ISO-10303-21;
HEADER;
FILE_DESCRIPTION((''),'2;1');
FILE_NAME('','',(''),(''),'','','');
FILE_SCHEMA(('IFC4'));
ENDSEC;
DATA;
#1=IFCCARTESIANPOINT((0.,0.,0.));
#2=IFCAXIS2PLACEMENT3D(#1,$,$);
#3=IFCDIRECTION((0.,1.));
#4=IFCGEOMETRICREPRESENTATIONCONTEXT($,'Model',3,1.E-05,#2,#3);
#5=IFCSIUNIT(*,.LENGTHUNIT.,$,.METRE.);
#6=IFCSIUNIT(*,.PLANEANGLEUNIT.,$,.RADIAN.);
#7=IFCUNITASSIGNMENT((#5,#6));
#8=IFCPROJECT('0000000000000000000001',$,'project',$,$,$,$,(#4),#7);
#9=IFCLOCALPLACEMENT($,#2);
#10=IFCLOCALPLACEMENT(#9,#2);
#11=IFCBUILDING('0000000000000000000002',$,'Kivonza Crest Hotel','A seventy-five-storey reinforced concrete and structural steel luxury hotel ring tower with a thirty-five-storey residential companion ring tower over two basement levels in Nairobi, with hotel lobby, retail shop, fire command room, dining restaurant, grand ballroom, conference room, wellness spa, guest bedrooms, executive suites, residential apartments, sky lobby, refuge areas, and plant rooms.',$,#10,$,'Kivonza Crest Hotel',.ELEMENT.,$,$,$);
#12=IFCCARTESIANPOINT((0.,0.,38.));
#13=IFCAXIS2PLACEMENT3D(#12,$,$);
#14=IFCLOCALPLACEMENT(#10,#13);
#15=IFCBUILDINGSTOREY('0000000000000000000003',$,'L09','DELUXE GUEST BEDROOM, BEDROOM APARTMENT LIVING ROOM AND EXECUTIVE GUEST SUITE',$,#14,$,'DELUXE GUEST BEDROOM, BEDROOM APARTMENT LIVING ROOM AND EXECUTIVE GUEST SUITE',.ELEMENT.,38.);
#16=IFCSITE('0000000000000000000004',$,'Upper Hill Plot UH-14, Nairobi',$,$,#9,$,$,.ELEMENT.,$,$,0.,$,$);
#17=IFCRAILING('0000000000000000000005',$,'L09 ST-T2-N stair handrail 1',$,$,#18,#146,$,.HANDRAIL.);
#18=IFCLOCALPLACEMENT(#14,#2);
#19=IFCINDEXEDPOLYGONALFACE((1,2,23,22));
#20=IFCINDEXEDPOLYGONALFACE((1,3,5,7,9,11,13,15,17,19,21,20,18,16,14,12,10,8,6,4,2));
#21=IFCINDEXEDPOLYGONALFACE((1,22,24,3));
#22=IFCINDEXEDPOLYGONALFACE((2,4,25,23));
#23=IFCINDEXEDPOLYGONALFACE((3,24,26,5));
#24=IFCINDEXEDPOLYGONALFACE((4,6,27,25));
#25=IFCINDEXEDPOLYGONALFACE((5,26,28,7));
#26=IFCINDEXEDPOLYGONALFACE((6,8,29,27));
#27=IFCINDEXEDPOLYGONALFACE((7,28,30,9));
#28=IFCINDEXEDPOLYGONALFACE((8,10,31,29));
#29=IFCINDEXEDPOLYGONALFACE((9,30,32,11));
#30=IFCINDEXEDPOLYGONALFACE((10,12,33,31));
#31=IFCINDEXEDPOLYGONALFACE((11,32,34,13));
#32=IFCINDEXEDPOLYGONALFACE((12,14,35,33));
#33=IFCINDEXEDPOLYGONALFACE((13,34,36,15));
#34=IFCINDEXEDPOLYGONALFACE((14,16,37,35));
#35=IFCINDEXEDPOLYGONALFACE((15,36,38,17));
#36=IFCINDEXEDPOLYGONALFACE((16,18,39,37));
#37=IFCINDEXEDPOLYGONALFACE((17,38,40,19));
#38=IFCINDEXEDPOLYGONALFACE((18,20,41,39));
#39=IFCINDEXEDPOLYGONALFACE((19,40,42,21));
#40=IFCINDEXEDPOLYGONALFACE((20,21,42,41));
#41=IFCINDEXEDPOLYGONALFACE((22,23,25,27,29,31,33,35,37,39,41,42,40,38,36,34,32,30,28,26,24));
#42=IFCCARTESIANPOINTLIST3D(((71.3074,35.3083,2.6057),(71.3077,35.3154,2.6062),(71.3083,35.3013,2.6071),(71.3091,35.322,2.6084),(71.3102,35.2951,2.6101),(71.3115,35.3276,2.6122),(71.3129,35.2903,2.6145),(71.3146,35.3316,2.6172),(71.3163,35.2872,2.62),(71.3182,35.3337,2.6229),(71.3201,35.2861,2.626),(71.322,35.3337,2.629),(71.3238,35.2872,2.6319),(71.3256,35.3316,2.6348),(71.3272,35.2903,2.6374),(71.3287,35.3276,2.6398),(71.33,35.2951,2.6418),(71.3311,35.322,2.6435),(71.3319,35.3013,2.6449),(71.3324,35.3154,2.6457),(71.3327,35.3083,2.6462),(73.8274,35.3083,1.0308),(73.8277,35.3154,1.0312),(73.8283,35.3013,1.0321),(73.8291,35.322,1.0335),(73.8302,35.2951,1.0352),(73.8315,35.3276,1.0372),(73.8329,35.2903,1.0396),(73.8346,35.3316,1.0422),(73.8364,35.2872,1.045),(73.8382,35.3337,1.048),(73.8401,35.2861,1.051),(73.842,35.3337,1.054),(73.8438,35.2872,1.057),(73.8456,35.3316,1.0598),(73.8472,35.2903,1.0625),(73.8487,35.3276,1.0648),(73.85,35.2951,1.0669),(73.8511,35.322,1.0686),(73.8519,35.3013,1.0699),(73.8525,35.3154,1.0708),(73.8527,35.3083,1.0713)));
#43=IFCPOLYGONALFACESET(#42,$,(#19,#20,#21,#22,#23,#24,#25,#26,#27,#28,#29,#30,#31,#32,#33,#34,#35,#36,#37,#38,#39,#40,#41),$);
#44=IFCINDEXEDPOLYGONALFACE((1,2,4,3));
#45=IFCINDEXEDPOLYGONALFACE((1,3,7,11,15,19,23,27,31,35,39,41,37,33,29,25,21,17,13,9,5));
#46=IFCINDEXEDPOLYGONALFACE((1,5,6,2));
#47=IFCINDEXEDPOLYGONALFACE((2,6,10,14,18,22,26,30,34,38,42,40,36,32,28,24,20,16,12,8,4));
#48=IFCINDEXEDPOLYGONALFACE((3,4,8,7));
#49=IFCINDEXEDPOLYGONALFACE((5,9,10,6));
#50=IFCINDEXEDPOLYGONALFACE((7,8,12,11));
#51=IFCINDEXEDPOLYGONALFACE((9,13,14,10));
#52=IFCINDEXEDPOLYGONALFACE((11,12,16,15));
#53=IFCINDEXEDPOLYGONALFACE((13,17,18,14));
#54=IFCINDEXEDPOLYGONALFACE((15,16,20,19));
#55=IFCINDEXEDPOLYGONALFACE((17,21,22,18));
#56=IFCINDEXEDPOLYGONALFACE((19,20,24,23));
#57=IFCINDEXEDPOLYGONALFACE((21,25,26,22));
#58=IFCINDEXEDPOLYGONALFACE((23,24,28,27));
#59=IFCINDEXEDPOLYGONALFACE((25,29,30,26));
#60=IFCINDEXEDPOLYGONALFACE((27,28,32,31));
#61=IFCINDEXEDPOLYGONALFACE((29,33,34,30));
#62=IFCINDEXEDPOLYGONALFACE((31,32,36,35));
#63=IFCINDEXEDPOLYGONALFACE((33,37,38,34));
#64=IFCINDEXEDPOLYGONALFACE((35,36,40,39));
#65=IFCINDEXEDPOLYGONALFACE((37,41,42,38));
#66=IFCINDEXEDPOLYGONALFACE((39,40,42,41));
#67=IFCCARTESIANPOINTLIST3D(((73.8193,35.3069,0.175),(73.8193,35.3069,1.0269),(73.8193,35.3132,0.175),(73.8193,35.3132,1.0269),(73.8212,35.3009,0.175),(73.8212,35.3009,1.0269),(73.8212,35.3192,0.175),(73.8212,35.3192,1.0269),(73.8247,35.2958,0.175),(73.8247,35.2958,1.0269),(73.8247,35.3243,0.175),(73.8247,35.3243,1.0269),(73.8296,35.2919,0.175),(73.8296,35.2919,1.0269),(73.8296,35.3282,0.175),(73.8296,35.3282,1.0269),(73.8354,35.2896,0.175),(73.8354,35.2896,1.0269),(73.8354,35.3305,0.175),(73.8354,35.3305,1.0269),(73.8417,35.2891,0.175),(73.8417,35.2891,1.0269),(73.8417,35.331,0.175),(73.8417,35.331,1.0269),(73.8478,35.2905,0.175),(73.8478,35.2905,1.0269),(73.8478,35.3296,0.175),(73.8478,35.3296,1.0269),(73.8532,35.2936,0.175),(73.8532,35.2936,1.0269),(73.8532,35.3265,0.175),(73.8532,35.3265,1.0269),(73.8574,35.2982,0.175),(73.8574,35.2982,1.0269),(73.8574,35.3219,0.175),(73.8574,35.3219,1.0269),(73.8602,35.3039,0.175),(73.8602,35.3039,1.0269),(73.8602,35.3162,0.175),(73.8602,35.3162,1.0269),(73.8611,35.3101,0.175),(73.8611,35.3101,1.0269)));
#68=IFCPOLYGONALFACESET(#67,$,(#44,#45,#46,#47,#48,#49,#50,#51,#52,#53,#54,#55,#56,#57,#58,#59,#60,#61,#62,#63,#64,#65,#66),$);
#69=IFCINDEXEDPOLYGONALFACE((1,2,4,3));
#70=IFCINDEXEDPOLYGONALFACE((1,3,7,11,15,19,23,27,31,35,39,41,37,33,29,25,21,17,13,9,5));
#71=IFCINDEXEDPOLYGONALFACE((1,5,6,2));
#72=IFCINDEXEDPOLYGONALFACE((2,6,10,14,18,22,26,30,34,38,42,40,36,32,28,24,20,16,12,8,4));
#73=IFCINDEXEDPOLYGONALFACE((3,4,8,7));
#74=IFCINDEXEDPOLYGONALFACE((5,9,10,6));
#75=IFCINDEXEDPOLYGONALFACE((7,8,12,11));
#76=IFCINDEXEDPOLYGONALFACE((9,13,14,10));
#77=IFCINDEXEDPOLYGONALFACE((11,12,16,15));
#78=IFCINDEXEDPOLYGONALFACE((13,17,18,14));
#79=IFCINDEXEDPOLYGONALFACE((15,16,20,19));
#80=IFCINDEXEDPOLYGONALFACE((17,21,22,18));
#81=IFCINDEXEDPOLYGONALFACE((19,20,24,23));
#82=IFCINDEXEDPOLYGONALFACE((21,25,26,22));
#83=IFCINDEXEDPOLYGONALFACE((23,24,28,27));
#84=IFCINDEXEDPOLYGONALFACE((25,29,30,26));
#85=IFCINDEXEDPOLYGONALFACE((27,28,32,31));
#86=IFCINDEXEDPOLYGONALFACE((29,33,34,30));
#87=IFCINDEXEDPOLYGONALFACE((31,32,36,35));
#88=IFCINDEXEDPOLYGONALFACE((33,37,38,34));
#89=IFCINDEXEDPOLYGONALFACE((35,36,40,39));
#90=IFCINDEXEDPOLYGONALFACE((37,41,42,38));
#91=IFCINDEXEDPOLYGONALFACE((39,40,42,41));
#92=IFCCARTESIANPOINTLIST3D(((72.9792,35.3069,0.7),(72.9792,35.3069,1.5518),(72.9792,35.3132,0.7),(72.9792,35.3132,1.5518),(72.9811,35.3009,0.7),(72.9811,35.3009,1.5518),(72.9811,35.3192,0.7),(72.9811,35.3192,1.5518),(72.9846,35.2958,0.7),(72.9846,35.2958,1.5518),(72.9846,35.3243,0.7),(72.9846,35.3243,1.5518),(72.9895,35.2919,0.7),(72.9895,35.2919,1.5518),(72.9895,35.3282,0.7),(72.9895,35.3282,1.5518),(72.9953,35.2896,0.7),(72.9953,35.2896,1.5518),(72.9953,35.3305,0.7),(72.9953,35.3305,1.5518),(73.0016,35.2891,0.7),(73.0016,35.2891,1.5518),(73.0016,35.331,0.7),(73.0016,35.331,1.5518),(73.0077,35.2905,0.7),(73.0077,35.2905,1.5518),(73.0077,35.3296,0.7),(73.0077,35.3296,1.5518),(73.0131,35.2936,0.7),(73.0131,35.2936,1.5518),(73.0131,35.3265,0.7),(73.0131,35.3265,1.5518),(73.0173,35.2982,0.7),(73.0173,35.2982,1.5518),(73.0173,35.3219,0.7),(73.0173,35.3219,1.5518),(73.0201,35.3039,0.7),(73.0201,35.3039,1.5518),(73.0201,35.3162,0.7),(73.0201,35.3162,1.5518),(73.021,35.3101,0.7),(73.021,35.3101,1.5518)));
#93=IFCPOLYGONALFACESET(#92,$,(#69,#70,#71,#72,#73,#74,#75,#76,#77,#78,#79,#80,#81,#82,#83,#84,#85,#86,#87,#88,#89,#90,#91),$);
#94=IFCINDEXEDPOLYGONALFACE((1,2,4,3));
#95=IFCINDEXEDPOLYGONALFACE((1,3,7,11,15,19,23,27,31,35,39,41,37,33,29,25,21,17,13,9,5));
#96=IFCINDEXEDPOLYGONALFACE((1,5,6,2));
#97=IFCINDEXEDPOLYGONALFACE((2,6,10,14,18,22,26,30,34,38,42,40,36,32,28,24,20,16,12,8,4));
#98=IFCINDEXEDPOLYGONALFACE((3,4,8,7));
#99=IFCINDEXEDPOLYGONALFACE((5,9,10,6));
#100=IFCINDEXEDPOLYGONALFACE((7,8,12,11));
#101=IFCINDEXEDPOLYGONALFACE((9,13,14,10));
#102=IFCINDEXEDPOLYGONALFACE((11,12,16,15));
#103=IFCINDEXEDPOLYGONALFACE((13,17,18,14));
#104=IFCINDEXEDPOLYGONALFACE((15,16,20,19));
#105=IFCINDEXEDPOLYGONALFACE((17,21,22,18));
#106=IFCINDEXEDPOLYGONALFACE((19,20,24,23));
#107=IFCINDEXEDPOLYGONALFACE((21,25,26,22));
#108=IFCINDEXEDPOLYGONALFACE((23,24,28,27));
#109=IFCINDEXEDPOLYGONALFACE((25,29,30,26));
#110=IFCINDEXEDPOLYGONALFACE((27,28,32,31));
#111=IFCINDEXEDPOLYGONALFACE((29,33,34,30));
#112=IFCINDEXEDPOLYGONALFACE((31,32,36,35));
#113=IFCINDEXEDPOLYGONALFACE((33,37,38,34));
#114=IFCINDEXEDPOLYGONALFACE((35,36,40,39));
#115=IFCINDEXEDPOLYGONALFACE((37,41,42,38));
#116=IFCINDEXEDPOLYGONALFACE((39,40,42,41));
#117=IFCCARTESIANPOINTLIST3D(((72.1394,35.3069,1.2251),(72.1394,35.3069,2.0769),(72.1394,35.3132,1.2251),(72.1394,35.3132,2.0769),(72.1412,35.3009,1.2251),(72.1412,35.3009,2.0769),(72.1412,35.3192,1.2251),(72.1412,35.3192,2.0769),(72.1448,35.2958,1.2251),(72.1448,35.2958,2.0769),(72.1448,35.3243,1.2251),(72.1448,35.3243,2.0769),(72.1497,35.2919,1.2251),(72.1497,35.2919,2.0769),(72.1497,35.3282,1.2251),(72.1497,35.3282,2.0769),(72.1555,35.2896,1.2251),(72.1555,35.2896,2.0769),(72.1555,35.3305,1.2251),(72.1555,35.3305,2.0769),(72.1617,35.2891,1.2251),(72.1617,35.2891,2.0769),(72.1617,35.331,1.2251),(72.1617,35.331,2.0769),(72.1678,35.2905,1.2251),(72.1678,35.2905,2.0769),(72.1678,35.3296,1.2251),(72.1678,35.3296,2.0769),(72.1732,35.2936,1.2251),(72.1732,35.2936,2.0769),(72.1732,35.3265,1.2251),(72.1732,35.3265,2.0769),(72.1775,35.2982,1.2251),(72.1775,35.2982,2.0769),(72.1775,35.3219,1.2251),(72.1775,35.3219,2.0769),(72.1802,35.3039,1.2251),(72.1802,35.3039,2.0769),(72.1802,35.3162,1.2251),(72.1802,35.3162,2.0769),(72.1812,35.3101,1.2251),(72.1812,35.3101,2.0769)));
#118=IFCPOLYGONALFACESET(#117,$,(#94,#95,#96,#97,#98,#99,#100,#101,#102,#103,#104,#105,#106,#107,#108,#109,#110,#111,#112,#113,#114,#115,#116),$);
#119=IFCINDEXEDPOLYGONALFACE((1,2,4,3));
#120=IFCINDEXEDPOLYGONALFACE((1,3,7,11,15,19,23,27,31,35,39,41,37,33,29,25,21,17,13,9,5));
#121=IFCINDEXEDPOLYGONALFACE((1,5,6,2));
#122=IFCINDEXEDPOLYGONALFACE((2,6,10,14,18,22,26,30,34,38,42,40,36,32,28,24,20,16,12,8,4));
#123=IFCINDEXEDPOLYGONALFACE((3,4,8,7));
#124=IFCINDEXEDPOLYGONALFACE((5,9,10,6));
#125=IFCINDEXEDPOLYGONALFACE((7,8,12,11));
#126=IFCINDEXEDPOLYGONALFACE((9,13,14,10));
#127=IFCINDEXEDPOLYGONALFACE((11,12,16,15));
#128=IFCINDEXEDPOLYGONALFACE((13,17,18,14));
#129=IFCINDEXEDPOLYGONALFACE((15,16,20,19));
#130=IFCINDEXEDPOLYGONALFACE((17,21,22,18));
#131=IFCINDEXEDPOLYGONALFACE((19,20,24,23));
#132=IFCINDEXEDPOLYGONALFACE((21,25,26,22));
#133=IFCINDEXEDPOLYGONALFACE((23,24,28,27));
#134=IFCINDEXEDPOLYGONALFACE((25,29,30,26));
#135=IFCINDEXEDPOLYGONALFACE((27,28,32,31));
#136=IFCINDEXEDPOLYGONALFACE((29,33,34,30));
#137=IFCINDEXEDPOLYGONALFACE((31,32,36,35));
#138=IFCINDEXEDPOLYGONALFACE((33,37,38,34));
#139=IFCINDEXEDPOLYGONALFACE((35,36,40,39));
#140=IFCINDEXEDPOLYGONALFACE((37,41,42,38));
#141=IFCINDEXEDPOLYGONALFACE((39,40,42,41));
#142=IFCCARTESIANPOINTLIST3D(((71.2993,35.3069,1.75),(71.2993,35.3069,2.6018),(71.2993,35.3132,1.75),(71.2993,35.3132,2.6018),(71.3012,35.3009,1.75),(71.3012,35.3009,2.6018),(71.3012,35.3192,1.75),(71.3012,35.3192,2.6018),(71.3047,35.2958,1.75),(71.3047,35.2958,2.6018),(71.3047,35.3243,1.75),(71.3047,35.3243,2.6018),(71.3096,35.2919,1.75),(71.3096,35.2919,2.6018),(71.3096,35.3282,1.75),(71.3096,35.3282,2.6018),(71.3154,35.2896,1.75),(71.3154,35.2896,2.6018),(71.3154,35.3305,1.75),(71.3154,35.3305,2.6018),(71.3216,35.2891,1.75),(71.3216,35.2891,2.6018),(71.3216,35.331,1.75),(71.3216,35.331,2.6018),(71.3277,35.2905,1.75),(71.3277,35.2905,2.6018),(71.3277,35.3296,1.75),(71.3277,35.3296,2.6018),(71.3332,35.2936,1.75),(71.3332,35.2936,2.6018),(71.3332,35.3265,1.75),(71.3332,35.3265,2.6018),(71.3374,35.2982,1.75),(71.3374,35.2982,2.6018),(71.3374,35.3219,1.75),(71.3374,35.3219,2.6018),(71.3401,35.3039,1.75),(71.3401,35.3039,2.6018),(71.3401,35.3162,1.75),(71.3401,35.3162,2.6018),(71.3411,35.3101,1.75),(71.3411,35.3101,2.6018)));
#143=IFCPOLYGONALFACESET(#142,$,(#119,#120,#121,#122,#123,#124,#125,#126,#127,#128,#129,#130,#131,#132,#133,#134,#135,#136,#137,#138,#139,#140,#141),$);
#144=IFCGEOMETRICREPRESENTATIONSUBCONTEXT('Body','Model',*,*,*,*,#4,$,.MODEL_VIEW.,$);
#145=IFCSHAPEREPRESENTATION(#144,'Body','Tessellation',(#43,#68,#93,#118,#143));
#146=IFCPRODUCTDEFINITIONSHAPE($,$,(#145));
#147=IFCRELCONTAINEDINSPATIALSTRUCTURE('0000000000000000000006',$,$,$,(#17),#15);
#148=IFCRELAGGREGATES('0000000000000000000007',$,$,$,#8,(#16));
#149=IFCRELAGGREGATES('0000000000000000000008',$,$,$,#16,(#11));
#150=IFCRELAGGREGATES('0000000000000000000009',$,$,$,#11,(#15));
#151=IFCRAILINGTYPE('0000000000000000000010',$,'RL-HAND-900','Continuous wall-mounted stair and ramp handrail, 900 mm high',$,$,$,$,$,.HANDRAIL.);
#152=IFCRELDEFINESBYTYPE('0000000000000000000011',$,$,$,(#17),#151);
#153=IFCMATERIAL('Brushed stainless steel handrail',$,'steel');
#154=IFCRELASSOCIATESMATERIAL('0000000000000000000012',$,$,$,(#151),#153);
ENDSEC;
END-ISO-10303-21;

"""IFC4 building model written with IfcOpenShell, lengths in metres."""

from ifc_helpers import new_model, si_unit, direction, frame, origin, origin_2d, place, context, subcontext, project, spatial, circle, extrude, material, type_object, element, save


model = new_model("IFC4")

# Units and contexts
model_context = context("Model", 3, precision=1e-05, world=origin(), true_north=direction((0.0, 1.0)))
body_context = subcontext(model_context, "Body", "Model", "MODEL_VIEW")
ifc_project = project(units=[si_unit("LENGTHUNIT", "METRE"), si_unit("PLANEANGLEUNIT", "RADIAN")], contexts=[model_context])

# Site, building, storey
site_placement = place(None, origin())
site = spatial("IfcSite", under=ifc_project, at=site_placement, Name="Upper Hill Plot UH-14, Nairobi", CompositionType="ELEMENT", RefElevation=0.0)
building_placement = place(site_placement, origin())
building = spatial("IfcBuilding", under=site, at=building_placement, Name="Kivonza Crest Hotel", Description="A seventy-five-storey reinforced concrete and structural steel luxury hotel ring tower with a thirty-five-storey residential companion ring tower over two basement levels in Nairobi, with hotel lobby, retail shop, fire command room, dining restaurant, grand ballroom, conference room, wellness spa, guest bedrooms, executive suites, residential apartments, sky lobby, refuge areas, and plant rooms.", LongName="Kivonza Crest Hotel", CompositionType="ELEMENT")
storey_placement = place(building_placement, frame((0.0, 0.0, 38.0)))
storey = spatial("IfcBuildingStorey", under=building, at=storey_placement, Name="L09", Description="DELUXE GUEST BEDROOM, BEDROOM APARTMENT LIVING ROOM AND EXECUTIVE GUEST SUITE", LongName="DELUXE GUEST BEDROOM, BEDROOM APARTMENT LIVING ROOM AND EXECUTIVE GUEST SUITE", CompositionType="ELEMENT", Elevation=38.0)

# Railing
ifc_material_1 = material(Name="Brushed stainless steel handrail", Category="steel")
railing_type = type_object("IfcRailingType", Name="RL-HAND-900", Description="Continuous wall-mounted stair and ramp handrail, 900 mm high", PredefinedType="HANDRAIL", material=ifc_material_1)
railing_placement = place(storey_placement, frame((73.8401, 35.3101, 0.175)))
element("IfcRailing", 1, at=railing_placement, inside=storey, type_object=railing_type, Name="L09 ST-T2-N stair handrail 1", PredefinedType="HANDRAIL", context=body_context, shape_type="SweptSolid", body=[
    extrude(circle(Radius=0.0239, at=origin_2d()), frame((0.0, 0.0, 0.876), z_axis=(-0.848008, 0.0, 0.529984), x_axis=(0.0, -1.0, 0.0)), (0.0, 0.0, 1.0), 2.9717),
    extrude(circle(Radius=0.021, at=origin_2d()), origin(), (0.0, 0.0, 1.0), 0.8518),
    extrude(circle(Radius=0.021, at=origin_2d()), frame((-0.8401, 0.0, 0.5249)), (0.0, 0.0, 1.0), 0.8518),
    extrude(circle(Radius=0.021, at=origin_2d()), frame((-1.6799, 0.0, 1.05)), (0.0, 0.0, 1.0), 0.8518),
    extrude(circle(Radius=0.021, at=origin_2d()), frame((-2.52, 0.0, 1.575)), (0.0, 0.0, 1.0), 0.8518),
])

save(model, "model.ifc")
